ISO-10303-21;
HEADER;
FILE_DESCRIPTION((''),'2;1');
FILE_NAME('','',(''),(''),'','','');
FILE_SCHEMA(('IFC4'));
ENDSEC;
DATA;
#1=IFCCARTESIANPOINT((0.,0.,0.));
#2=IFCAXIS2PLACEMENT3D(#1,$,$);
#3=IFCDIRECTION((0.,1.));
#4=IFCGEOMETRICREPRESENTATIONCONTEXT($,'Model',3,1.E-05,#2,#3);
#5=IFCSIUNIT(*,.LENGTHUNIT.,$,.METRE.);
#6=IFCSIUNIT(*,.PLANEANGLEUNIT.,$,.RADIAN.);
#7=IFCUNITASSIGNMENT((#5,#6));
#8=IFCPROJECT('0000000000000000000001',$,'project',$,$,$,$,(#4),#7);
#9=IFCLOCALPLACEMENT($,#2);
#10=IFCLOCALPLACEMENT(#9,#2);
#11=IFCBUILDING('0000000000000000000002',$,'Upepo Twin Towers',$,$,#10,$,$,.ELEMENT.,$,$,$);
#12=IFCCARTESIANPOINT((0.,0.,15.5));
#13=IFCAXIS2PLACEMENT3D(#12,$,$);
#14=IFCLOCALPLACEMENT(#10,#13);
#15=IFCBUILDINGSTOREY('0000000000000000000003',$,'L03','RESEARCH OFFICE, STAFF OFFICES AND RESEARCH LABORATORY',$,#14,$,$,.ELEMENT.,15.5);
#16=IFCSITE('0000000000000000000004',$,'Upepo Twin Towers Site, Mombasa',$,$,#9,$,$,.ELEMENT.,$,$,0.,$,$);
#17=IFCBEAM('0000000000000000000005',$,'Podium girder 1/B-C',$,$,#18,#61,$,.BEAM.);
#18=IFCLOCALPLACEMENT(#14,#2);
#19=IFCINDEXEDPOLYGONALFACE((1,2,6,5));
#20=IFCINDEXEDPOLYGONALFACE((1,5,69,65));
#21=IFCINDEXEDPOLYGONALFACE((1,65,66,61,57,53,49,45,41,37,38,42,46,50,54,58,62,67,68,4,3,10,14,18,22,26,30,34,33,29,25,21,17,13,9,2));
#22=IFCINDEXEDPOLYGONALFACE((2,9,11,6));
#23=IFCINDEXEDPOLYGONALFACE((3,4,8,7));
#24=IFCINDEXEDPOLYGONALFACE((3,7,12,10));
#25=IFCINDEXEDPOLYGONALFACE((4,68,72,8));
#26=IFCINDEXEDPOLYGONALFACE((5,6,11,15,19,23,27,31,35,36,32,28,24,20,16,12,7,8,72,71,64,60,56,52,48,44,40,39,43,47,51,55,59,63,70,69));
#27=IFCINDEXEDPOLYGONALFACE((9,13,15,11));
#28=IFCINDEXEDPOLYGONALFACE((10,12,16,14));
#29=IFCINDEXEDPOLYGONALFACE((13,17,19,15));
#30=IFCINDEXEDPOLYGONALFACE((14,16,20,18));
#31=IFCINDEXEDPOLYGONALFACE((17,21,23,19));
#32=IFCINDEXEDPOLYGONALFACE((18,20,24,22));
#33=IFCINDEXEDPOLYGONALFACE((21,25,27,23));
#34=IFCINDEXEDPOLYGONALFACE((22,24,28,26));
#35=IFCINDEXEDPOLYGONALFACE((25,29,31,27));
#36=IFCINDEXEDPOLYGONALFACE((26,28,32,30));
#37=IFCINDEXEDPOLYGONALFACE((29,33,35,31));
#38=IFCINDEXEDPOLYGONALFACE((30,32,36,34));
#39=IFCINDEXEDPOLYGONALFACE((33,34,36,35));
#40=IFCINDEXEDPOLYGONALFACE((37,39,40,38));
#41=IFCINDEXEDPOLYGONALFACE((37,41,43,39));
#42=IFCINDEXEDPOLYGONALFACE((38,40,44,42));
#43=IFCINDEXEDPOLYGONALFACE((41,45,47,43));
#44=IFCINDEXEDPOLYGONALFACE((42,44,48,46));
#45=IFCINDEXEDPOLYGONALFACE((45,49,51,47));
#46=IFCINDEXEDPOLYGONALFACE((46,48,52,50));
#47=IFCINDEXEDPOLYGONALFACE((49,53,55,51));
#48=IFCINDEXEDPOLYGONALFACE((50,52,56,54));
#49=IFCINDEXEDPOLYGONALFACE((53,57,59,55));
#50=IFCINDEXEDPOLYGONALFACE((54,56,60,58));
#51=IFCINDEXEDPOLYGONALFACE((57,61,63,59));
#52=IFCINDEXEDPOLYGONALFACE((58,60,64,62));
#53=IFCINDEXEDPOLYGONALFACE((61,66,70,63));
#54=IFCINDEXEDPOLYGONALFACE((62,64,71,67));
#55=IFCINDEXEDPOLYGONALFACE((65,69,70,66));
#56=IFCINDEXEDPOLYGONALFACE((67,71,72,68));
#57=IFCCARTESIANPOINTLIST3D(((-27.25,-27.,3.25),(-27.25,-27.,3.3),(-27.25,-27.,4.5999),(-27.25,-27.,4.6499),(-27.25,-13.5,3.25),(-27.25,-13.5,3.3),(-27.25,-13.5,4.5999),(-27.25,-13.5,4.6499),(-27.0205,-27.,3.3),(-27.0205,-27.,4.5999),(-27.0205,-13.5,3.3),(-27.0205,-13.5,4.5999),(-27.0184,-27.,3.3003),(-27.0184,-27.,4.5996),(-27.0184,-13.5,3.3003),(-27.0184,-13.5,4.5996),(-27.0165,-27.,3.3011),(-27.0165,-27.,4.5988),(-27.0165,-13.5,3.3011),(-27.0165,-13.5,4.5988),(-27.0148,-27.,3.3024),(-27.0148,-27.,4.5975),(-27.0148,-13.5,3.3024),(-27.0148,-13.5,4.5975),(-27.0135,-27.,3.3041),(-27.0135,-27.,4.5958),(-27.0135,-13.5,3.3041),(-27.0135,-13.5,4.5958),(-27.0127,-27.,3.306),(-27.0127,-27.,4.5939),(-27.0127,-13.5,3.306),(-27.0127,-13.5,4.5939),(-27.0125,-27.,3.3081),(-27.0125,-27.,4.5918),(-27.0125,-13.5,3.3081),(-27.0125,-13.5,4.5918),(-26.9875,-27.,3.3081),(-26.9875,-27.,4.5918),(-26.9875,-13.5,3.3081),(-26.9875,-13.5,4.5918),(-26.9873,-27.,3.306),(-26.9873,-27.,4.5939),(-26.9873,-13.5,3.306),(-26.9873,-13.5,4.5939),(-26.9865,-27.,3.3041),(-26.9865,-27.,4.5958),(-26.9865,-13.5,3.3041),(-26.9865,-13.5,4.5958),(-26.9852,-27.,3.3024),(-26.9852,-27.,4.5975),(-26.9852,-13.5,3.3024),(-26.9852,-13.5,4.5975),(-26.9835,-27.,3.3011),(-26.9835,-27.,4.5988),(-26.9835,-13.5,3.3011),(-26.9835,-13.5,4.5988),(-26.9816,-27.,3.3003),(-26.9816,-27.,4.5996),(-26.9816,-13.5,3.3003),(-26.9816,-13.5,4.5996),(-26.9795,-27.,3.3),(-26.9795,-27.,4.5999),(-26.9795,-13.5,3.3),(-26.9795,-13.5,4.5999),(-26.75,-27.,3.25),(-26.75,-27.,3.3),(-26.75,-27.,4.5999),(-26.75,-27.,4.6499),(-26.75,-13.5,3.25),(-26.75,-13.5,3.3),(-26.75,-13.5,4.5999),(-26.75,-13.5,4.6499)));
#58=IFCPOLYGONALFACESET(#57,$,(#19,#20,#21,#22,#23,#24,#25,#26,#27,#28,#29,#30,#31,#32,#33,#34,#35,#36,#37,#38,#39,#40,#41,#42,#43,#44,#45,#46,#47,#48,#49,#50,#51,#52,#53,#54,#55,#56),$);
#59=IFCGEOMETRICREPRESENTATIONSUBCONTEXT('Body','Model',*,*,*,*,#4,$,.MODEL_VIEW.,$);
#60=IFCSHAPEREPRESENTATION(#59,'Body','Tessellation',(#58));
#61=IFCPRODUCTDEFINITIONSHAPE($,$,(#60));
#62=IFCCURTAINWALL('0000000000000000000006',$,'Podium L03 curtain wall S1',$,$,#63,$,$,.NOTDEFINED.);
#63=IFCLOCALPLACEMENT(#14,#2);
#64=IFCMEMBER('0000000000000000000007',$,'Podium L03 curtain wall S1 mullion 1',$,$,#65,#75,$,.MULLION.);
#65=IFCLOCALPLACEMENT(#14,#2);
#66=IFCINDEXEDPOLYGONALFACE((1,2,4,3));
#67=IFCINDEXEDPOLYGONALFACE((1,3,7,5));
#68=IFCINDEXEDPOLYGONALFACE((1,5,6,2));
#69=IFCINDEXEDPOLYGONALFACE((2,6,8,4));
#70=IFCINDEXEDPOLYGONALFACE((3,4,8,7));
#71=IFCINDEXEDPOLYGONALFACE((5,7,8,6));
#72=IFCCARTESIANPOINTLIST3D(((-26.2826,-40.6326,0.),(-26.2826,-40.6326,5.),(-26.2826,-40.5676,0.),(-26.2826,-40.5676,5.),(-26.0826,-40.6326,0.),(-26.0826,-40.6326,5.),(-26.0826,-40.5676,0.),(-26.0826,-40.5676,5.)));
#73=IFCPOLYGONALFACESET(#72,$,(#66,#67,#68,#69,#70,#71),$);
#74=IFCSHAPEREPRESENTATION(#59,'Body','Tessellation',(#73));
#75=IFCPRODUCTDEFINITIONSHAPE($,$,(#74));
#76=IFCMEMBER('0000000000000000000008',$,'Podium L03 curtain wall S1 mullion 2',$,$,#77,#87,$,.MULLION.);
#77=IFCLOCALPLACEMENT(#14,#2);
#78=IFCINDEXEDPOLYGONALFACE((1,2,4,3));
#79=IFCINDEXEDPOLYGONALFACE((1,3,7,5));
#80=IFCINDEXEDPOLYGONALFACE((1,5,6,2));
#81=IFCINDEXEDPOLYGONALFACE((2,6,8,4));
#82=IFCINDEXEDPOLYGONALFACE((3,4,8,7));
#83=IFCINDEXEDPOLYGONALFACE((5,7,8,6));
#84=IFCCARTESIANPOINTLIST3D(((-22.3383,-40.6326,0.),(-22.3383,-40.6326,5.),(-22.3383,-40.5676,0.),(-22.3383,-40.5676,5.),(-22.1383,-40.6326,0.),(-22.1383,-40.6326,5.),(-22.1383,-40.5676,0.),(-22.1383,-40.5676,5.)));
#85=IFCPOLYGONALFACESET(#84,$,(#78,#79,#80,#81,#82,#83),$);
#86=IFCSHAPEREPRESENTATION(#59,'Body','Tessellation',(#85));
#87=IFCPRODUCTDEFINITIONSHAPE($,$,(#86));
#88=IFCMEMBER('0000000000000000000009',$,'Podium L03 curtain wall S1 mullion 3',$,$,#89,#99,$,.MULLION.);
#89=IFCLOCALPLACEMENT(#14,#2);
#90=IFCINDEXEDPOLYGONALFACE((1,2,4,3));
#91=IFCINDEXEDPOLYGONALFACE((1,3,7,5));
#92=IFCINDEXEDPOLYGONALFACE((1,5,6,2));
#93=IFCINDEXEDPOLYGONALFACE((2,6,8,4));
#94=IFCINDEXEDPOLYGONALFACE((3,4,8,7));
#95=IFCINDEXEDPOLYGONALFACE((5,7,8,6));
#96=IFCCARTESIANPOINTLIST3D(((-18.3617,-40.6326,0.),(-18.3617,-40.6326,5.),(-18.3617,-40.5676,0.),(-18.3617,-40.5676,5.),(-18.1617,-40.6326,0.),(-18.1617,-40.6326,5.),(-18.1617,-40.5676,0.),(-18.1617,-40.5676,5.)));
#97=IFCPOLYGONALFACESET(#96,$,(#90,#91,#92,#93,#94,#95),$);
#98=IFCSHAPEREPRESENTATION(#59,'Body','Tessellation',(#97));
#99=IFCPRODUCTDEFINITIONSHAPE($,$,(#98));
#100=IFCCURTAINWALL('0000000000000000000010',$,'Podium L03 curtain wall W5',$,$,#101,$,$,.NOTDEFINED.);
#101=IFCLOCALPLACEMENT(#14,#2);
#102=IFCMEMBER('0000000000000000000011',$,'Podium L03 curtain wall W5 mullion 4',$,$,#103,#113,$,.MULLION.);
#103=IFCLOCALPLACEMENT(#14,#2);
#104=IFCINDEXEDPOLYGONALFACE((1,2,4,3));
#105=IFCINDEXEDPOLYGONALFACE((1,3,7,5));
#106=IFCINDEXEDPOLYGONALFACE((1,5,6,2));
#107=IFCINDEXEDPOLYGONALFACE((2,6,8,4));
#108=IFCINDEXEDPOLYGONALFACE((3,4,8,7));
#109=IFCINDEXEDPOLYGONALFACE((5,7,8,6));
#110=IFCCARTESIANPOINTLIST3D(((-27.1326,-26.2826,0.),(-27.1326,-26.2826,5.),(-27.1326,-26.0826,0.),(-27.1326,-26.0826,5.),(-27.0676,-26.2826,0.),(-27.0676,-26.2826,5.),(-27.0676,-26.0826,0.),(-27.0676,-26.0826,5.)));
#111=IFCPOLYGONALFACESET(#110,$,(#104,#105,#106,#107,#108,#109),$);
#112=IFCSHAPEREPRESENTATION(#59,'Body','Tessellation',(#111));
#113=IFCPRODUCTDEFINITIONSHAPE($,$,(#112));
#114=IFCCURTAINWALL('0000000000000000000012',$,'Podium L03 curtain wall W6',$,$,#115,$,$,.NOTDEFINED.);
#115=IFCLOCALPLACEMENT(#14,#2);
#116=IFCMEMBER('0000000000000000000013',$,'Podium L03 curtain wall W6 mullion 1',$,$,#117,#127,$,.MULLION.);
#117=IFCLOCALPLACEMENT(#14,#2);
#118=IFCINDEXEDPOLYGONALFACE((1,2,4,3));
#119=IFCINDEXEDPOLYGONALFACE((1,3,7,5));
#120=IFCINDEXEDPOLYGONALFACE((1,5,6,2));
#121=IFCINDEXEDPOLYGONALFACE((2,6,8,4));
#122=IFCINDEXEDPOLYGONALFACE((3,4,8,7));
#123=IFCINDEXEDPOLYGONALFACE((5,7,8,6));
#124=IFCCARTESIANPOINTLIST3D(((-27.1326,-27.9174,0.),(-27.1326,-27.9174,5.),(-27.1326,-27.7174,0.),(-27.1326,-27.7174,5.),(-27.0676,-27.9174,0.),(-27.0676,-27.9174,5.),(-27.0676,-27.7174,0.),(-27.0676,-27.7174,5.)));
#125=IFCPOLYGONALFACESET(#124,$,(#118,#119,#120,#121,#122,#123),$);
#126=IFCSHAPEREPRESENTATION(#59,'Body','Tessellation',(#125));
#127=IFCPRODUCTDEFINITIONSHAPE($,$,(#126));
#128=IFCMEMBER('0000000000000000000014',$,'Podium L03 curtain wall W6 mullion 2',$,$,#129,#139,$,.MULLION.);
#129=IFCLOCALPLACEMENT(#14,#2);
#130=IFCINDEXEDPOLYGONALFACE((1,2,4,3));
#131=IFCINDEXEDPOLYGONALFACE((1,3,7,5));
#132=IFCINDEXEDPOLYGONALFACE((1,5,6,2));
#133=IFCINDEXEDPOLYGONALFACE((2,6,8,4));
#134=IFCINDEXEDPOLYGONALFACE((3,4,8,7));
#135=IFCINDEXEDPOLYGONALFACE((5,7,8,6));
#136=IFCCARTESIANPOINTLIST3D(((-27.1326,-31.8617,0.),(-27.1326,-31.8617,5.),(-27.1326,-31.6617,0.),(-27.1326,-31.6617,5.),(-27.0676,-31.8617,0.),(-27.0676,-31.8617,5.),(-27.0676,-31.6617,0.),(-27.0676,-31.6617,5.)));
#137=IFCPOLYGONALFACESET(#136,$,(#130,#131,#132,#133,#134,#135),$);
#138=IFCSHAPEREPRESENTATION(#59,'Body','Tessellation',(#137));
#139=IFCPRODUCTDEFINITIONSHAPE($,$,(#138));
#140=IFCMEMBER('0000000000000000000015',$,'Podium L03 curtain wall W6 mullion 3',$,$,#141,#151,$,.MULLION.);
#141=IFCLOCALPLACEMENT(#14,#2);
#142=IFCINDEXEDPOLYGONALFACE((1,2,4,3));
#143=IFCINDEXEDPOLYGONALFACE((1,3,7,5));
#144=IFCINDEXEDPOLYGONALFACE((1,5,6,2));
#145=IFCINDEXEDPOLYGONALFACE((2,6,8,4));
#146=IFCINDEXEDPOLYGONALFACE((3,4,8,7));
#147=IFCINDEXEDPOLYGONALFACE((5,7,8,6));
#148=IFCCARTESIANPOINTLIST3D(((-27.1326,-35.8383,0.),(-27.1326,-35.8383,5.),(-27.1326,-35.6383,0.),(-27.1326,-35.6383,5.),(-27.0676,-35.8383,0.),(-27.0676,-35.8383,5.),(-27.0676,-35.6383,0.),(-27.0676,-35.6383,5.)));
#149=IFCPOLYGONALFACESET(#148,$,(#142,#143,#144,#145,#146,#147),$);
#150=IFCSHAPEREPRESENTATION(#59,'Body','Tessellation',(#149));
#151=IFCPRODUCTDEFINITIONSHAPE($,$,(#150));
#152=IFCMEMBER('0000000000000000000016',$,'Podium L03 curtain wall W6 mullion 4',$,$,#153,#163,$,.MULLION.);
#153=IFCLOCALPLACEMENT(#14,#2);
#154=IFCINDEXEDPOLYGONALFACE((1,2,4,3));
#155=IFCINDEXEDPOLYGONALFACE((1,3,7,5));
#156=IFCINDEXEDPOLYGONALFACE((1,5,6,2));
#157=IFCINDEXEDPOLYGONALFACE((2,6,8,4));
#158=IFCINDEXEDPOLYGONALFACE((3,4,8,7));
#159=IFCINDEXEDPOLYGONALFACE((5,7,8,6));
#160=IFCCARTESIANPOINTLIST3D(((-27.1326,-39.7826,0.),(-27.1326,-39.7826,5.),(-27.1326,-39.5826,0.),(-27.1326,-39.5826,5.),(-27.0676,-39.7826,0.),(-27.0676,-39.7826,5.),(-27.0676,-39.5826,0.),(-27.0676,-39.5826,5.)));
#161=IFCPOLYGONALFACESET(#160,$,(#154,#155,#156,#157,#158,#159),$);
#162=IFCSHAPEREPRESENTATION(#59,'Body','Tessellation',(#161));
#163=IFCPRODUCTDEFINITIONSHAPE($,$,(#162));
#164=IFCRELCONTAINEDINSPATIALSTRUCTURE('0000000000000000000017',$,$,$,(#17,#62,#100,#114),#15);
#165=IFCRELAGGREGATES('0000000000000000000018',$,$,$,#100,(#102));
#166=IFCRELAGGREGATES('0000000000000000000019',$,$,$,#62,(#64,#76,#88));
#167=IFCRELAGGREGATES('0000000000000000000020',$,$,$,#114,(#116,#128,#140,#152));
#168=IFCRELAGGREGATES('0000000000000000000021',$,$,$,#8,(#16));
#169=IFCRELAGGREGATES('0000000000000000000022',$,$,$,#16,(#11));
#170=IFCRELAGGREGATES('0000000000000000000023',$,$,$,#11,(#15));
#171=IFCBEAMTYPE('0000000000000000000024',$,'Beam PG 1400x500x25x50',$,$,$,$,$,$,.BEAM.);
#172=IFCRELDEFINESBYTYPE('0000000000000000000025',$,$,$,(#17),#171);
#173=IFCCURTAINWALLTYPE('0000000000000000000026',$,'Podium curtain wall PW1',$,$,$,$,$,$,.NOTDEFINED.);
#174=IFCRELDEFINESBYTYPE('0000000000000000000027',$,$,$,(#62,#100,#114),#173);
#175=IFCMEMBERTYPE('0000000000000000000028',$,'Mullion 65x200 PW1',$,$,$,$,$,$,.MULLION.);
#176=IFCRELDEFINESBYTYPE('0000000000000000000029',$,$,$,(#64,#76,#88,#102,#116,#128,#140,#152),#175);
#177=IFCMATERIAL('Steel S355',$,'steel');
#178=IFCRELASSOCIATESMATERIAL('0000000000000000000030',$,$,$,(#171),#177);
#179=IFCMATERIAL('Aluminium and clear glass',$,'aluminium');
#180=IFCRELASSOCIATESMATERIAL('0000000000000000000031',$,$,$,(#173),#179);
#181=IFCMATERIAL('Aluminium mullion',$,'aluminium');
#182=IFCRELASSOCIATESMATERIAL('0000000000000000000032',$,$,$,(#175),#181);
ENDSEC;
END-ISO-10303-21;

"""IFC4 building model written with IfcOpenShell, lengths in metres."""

from ifc_helpers import new_model, si_unit, direction, frame, origin, origin_2d, place, context, subcontext, project, spatial, rectangle, i_section, extrude, material, material_profile, profile_set, type_object, element, aggregate, save


model = new_model("IFC4")

# Units and contexts
model_context = context("Model", 3, precision=1e-05, world=origin(), true_north=direction((0.0, 1.0)))
body_context = subcontext(model_context, "Body", "Model", "MODEL_VIEW")
ifc_project = project(units=[si_unit("LENGTHUNIT", "METRE"), si_unit("PLANEANGLEUNIT", "RADIAN")], contexts=[model_context])

# Site, building, storey
site_placement = place(None, origin())
site = spatial("IfcSite", under=ifc_project, at=site_placement, Name="Upepo Twin Towers Site, Mombasa", CompositionType="ELEMENT", RefElevation=0.0)
building_placement = place(site_placement, origin())
building = spatial("IfcBuilding", under=site, at=building_placement, Name="Upepo Twin Towers", CompositionType="ELEMENT")
storey_placement = place(building_placement, frame((0.0, 0.0, 15.5)))
storey = spatial("IfcBuildingStorey", under=building, at=storey_placement, Name="L03", Description="RESEARCH OFFICE, STAFF OFFICES AND RESEARCH LABORATORY", CompositionType="ELEMENT", Elevation=15.5)

# Beam
ifc_material_1 = material(Name="Steel S355", Category="steel")
ifc_material_profile_1 = material_profile(ifc_material_1, i_section(OverallWidth=0.5, OverallDepth=1.3999, WebThickness=0.0249, FlangeThickness=0.05, FilletRadius=0.0081, at=origin_2d()), Name="PG 1400x500x25x50")
ifc_profile_set_1 = profile_set([ifc_material_profile_1], Name="Steel S355")
beam_type_1 = type_object("IfcBeamType", Name="Beam PG 1400x500x25x50", PredefinedType="BEAM", material=ifc_profile_set_1)
for number, where, z_axis, x_axis, name in (
    (1, (-27.0, -27.0, 3.95), (0.0, 1.0, 0.0), (-1.0, 0.0, 0.0), "Podium girder 1/B-C"),
):
    element("IfcBeam", number, at=place(storey_placement, frame(where, z_axis=z_axis, x_axis=x_axis)), inside=storey, type_object=beam_type_1, Name=name, PredefinedType="BEAM", context=body_context, shape_type="SweptSolid", body=[
        extrude(i_section(OverallWidth=0.5, OverallDepth=1.3999, WebThickness=0.0249, FlangeThickness=0.05, FilletRadius=0.0081, at=origin_2d()), origin(), (0.0, 0.0, 1.0), 13.5),
    ])

# Curtain wall, members
ifc_material_2 = material(Name="Aluminium and clear glass", Category="aluminium")
curtain_wall_type = type_object("IfcCurtainWallType", Name="Podium curtain wall PW1", PredefinedType="NOTDEFINED", material=ifc_material_2)
curtain_wall_1_placement = place(storey_placement, origin())
curtain_wall_1 = element("IfcCurtainWall", 2, at=curtain_wall_1_placement, inside=storey, type_object=curtain_wall_type, Name="Podium L03 curtain wall S1", PredefinedType="NOTDEFINED")
ifc_material_3 = material(Name="Aluminium mullion", Category="aluminium")
ifc_material_profile_2 = material_profile(ifc_material_3, rectangle(XDim=0.0649, YDim=0.2, at=origin_2d()), Name="MULLION 65x200 PODIUM")
ifc_profile_set_2 = profile_set([ifc_material_profile_2], Name="Aluminium mullion")
member_type_1 = type_object("IfcMemberType", Name="Mullion 65x200 PW1", PredefinedType="MULLION", material=ifc_profile_set_2)
member_1_placement = place(storey_placement, frame((-26.1826, -40.6001, 0.0), z_axis=(0.0, 0.0, 1.0), x_axis=(0.0, 1.0, 0.0)))
member_1 = element("IfcMember", 3, at=member_1_placement, type_object=member_type_1, Name="Podium L03 curtain wall S1 mullion 1", PredefinedType="MULLION", context=body_context, shape_type="SweptSolid", body=[
    extrude(rectangle(XDim=0.0649, YDim=0.2, at=origin_2d()), origin(), (0.0, 0.0, 1.0), 5.0),
])
member_2_placement = place(storey_placement, frame((-22.2383, -40.6001, 0.0), z_axis=(0.0, 0.0, 1.0), x_axis=(0.0, 1.0, 0.0)))
member_2 = element("IfcMember", 4, at=member_2_placement, type_object=member_type_1, Name="Podium L03 curtain wall S1 mullion 2", PredefinedType="MULLION", context=body_context, shape_type="SweptSolid", body=[
    extrude(rectangle(XDim=0.0649, YDim=0.2, at=origin_2d()), origin(), (0.0, 0.0, 1.0), 5.0),
])
member_3_placement = place(storey_placement, frame((-18.2617, -40.6001, 0.0), z_axis=(0.0, 0.0, 1.0), x_axis=(0.0, 1.0, 0.0)))
member_3 = element("IfcMember", 5, at=member_3_placement, type_object=member_type_1, Name="Podium L03 curtain wall S1 mullion 3", PredefinedType="MULLION", context=body_context, shape_type="SweptSolid", body=[
    extrude(rectangle(XDim=0.0649, YDim=0.2, at=origin_2d()), origin(), (0.0, 0.0, 1.0), 5.0),
])

# Curtain wall, member
curtain_wall_2_placement = place(storey_placement, origin())
curtain_wall_2 = element("IfcCurtainWall", 6, at=curtain_wall_2_placement, inside=storey, type_object=curtain_wall_type, Name="Podium L03 curtain wall W5", PredefinedType="NOTDEFINED")
member_4_placement = place(storey_placement, frame((-27.1001, -26.1826, 0.0), z_axis=(0.0, 0.0, 1.0), x_axis=(1.0, 0.0, 0.0)))
member_4 = element("IfcMember", 7, at=member_4_placement, type_object=member_type_1, Name="Podium L03 curtain wall W5 mullion 4", PredefinedType="MULLION", context=body_context, shape_type="SweptSolid", body=[
    extrude(rectangle(XDim=0.0649, YDim=0.2, at=origin_2d()), origin(), (0.0, 0.0, 1.0), 5.0),
])

# Curtain wall, members
curtain_wall_3_placement = place(storey_placement, origin())
curtain_wall_3 = element("IfcCurtainWall", 8, at=curtain_wall_3_placement, inside=storey, type_object=curtain_wall_type, Name="Podium L03 curtain wall W6", PredefinedType="NOTDEFINED")
member_5_placement = place(storey_placement, frame((-27.1001, -27.8174, 0.0), z_axis=(0.0, 0.0, 1.0), x_axis=(1.0, 0.0, 0.0)))
member_5 = element("IfcMember", 9, at=member_5_placement, type_object=member_type_1, Name="Podium L03 curtain wall W6 mullion 1", PredefinedType="MULLION", context=body_context, shape_type="SweptSolid", body=[
    extrude(rectangle(XDim=0.0649, YDim=0.2, at=origin_2d()), origin(), (0.0, 0.0, 1.0), 5.0),
])
member_6_placement = place(storey_placement, frame((-27.1001, -31.7617, 0.0), z_axis=(0.0, 0.0, 1.0), x_axis=(1.0, 0.0, 0.0)))
member_6 = element("IfcMember", 10, at=member_6_placement, type_object=member_type_1, Name="Podium L03 curtain wall W6 mullion 2", PredefinedType="MULLION", context=body_context, shape_type="SweptSolid", body=[
    extrude(rectangle(XDim=0.0649, YDim=0.2, at=origin_2d()), origin(), (0.0, 0.0, 1.0), 5.0),
])
member_7_placement = place(storey_placement, frame((-27.1001, -35.7383, 0.0), z_axis=(0.0, 0.0, 1.0), x_axis=(1.0, 0.0, 0.0)))
member_7 = element("IfcMember", 11, at=member_7_placement, type_object=member_type_1, Name="Podium L03 curtain wall W6 mullion 3", PredefinedType="MULLION", context=body_context, shape_type="SweptSolid", body=[
    extrude(rectangle(XDim=0.0649, YDim=0.2, at=origin_2d()), origin(), (0.0, 0.0, 1.0), 5.0),
])
member_8_placement = place(storey_placement, frame((-27.1001, -39.6826, 0.0), z_axis=(0.0, 0.0, 1.0), x_axis=(1.0, 0.0, 0.0)))
member_8 = element("IfcMember", 12, at=member_8_placement, type_object=member_type_1, Name="Podium L03 curtain wall W6 mullion 4", PredefinedType="MULLION", context=body_context, shape_type="SweptSolid", body=[
    extrude(rectangle(XDim=0.0649, YDim=0.2, at=origin_2d()), origin(), (0.0, 0.0, 1.0), 5.0),
])

aggregate(curtain_wall_2, [member_4])
aggregate(curtain_wall_1, [member_1, member_2, member_3])
aggregate(curtain_wall_3, [member_5, member_6, member_7, member_8])

save(model, "model.ifc")
